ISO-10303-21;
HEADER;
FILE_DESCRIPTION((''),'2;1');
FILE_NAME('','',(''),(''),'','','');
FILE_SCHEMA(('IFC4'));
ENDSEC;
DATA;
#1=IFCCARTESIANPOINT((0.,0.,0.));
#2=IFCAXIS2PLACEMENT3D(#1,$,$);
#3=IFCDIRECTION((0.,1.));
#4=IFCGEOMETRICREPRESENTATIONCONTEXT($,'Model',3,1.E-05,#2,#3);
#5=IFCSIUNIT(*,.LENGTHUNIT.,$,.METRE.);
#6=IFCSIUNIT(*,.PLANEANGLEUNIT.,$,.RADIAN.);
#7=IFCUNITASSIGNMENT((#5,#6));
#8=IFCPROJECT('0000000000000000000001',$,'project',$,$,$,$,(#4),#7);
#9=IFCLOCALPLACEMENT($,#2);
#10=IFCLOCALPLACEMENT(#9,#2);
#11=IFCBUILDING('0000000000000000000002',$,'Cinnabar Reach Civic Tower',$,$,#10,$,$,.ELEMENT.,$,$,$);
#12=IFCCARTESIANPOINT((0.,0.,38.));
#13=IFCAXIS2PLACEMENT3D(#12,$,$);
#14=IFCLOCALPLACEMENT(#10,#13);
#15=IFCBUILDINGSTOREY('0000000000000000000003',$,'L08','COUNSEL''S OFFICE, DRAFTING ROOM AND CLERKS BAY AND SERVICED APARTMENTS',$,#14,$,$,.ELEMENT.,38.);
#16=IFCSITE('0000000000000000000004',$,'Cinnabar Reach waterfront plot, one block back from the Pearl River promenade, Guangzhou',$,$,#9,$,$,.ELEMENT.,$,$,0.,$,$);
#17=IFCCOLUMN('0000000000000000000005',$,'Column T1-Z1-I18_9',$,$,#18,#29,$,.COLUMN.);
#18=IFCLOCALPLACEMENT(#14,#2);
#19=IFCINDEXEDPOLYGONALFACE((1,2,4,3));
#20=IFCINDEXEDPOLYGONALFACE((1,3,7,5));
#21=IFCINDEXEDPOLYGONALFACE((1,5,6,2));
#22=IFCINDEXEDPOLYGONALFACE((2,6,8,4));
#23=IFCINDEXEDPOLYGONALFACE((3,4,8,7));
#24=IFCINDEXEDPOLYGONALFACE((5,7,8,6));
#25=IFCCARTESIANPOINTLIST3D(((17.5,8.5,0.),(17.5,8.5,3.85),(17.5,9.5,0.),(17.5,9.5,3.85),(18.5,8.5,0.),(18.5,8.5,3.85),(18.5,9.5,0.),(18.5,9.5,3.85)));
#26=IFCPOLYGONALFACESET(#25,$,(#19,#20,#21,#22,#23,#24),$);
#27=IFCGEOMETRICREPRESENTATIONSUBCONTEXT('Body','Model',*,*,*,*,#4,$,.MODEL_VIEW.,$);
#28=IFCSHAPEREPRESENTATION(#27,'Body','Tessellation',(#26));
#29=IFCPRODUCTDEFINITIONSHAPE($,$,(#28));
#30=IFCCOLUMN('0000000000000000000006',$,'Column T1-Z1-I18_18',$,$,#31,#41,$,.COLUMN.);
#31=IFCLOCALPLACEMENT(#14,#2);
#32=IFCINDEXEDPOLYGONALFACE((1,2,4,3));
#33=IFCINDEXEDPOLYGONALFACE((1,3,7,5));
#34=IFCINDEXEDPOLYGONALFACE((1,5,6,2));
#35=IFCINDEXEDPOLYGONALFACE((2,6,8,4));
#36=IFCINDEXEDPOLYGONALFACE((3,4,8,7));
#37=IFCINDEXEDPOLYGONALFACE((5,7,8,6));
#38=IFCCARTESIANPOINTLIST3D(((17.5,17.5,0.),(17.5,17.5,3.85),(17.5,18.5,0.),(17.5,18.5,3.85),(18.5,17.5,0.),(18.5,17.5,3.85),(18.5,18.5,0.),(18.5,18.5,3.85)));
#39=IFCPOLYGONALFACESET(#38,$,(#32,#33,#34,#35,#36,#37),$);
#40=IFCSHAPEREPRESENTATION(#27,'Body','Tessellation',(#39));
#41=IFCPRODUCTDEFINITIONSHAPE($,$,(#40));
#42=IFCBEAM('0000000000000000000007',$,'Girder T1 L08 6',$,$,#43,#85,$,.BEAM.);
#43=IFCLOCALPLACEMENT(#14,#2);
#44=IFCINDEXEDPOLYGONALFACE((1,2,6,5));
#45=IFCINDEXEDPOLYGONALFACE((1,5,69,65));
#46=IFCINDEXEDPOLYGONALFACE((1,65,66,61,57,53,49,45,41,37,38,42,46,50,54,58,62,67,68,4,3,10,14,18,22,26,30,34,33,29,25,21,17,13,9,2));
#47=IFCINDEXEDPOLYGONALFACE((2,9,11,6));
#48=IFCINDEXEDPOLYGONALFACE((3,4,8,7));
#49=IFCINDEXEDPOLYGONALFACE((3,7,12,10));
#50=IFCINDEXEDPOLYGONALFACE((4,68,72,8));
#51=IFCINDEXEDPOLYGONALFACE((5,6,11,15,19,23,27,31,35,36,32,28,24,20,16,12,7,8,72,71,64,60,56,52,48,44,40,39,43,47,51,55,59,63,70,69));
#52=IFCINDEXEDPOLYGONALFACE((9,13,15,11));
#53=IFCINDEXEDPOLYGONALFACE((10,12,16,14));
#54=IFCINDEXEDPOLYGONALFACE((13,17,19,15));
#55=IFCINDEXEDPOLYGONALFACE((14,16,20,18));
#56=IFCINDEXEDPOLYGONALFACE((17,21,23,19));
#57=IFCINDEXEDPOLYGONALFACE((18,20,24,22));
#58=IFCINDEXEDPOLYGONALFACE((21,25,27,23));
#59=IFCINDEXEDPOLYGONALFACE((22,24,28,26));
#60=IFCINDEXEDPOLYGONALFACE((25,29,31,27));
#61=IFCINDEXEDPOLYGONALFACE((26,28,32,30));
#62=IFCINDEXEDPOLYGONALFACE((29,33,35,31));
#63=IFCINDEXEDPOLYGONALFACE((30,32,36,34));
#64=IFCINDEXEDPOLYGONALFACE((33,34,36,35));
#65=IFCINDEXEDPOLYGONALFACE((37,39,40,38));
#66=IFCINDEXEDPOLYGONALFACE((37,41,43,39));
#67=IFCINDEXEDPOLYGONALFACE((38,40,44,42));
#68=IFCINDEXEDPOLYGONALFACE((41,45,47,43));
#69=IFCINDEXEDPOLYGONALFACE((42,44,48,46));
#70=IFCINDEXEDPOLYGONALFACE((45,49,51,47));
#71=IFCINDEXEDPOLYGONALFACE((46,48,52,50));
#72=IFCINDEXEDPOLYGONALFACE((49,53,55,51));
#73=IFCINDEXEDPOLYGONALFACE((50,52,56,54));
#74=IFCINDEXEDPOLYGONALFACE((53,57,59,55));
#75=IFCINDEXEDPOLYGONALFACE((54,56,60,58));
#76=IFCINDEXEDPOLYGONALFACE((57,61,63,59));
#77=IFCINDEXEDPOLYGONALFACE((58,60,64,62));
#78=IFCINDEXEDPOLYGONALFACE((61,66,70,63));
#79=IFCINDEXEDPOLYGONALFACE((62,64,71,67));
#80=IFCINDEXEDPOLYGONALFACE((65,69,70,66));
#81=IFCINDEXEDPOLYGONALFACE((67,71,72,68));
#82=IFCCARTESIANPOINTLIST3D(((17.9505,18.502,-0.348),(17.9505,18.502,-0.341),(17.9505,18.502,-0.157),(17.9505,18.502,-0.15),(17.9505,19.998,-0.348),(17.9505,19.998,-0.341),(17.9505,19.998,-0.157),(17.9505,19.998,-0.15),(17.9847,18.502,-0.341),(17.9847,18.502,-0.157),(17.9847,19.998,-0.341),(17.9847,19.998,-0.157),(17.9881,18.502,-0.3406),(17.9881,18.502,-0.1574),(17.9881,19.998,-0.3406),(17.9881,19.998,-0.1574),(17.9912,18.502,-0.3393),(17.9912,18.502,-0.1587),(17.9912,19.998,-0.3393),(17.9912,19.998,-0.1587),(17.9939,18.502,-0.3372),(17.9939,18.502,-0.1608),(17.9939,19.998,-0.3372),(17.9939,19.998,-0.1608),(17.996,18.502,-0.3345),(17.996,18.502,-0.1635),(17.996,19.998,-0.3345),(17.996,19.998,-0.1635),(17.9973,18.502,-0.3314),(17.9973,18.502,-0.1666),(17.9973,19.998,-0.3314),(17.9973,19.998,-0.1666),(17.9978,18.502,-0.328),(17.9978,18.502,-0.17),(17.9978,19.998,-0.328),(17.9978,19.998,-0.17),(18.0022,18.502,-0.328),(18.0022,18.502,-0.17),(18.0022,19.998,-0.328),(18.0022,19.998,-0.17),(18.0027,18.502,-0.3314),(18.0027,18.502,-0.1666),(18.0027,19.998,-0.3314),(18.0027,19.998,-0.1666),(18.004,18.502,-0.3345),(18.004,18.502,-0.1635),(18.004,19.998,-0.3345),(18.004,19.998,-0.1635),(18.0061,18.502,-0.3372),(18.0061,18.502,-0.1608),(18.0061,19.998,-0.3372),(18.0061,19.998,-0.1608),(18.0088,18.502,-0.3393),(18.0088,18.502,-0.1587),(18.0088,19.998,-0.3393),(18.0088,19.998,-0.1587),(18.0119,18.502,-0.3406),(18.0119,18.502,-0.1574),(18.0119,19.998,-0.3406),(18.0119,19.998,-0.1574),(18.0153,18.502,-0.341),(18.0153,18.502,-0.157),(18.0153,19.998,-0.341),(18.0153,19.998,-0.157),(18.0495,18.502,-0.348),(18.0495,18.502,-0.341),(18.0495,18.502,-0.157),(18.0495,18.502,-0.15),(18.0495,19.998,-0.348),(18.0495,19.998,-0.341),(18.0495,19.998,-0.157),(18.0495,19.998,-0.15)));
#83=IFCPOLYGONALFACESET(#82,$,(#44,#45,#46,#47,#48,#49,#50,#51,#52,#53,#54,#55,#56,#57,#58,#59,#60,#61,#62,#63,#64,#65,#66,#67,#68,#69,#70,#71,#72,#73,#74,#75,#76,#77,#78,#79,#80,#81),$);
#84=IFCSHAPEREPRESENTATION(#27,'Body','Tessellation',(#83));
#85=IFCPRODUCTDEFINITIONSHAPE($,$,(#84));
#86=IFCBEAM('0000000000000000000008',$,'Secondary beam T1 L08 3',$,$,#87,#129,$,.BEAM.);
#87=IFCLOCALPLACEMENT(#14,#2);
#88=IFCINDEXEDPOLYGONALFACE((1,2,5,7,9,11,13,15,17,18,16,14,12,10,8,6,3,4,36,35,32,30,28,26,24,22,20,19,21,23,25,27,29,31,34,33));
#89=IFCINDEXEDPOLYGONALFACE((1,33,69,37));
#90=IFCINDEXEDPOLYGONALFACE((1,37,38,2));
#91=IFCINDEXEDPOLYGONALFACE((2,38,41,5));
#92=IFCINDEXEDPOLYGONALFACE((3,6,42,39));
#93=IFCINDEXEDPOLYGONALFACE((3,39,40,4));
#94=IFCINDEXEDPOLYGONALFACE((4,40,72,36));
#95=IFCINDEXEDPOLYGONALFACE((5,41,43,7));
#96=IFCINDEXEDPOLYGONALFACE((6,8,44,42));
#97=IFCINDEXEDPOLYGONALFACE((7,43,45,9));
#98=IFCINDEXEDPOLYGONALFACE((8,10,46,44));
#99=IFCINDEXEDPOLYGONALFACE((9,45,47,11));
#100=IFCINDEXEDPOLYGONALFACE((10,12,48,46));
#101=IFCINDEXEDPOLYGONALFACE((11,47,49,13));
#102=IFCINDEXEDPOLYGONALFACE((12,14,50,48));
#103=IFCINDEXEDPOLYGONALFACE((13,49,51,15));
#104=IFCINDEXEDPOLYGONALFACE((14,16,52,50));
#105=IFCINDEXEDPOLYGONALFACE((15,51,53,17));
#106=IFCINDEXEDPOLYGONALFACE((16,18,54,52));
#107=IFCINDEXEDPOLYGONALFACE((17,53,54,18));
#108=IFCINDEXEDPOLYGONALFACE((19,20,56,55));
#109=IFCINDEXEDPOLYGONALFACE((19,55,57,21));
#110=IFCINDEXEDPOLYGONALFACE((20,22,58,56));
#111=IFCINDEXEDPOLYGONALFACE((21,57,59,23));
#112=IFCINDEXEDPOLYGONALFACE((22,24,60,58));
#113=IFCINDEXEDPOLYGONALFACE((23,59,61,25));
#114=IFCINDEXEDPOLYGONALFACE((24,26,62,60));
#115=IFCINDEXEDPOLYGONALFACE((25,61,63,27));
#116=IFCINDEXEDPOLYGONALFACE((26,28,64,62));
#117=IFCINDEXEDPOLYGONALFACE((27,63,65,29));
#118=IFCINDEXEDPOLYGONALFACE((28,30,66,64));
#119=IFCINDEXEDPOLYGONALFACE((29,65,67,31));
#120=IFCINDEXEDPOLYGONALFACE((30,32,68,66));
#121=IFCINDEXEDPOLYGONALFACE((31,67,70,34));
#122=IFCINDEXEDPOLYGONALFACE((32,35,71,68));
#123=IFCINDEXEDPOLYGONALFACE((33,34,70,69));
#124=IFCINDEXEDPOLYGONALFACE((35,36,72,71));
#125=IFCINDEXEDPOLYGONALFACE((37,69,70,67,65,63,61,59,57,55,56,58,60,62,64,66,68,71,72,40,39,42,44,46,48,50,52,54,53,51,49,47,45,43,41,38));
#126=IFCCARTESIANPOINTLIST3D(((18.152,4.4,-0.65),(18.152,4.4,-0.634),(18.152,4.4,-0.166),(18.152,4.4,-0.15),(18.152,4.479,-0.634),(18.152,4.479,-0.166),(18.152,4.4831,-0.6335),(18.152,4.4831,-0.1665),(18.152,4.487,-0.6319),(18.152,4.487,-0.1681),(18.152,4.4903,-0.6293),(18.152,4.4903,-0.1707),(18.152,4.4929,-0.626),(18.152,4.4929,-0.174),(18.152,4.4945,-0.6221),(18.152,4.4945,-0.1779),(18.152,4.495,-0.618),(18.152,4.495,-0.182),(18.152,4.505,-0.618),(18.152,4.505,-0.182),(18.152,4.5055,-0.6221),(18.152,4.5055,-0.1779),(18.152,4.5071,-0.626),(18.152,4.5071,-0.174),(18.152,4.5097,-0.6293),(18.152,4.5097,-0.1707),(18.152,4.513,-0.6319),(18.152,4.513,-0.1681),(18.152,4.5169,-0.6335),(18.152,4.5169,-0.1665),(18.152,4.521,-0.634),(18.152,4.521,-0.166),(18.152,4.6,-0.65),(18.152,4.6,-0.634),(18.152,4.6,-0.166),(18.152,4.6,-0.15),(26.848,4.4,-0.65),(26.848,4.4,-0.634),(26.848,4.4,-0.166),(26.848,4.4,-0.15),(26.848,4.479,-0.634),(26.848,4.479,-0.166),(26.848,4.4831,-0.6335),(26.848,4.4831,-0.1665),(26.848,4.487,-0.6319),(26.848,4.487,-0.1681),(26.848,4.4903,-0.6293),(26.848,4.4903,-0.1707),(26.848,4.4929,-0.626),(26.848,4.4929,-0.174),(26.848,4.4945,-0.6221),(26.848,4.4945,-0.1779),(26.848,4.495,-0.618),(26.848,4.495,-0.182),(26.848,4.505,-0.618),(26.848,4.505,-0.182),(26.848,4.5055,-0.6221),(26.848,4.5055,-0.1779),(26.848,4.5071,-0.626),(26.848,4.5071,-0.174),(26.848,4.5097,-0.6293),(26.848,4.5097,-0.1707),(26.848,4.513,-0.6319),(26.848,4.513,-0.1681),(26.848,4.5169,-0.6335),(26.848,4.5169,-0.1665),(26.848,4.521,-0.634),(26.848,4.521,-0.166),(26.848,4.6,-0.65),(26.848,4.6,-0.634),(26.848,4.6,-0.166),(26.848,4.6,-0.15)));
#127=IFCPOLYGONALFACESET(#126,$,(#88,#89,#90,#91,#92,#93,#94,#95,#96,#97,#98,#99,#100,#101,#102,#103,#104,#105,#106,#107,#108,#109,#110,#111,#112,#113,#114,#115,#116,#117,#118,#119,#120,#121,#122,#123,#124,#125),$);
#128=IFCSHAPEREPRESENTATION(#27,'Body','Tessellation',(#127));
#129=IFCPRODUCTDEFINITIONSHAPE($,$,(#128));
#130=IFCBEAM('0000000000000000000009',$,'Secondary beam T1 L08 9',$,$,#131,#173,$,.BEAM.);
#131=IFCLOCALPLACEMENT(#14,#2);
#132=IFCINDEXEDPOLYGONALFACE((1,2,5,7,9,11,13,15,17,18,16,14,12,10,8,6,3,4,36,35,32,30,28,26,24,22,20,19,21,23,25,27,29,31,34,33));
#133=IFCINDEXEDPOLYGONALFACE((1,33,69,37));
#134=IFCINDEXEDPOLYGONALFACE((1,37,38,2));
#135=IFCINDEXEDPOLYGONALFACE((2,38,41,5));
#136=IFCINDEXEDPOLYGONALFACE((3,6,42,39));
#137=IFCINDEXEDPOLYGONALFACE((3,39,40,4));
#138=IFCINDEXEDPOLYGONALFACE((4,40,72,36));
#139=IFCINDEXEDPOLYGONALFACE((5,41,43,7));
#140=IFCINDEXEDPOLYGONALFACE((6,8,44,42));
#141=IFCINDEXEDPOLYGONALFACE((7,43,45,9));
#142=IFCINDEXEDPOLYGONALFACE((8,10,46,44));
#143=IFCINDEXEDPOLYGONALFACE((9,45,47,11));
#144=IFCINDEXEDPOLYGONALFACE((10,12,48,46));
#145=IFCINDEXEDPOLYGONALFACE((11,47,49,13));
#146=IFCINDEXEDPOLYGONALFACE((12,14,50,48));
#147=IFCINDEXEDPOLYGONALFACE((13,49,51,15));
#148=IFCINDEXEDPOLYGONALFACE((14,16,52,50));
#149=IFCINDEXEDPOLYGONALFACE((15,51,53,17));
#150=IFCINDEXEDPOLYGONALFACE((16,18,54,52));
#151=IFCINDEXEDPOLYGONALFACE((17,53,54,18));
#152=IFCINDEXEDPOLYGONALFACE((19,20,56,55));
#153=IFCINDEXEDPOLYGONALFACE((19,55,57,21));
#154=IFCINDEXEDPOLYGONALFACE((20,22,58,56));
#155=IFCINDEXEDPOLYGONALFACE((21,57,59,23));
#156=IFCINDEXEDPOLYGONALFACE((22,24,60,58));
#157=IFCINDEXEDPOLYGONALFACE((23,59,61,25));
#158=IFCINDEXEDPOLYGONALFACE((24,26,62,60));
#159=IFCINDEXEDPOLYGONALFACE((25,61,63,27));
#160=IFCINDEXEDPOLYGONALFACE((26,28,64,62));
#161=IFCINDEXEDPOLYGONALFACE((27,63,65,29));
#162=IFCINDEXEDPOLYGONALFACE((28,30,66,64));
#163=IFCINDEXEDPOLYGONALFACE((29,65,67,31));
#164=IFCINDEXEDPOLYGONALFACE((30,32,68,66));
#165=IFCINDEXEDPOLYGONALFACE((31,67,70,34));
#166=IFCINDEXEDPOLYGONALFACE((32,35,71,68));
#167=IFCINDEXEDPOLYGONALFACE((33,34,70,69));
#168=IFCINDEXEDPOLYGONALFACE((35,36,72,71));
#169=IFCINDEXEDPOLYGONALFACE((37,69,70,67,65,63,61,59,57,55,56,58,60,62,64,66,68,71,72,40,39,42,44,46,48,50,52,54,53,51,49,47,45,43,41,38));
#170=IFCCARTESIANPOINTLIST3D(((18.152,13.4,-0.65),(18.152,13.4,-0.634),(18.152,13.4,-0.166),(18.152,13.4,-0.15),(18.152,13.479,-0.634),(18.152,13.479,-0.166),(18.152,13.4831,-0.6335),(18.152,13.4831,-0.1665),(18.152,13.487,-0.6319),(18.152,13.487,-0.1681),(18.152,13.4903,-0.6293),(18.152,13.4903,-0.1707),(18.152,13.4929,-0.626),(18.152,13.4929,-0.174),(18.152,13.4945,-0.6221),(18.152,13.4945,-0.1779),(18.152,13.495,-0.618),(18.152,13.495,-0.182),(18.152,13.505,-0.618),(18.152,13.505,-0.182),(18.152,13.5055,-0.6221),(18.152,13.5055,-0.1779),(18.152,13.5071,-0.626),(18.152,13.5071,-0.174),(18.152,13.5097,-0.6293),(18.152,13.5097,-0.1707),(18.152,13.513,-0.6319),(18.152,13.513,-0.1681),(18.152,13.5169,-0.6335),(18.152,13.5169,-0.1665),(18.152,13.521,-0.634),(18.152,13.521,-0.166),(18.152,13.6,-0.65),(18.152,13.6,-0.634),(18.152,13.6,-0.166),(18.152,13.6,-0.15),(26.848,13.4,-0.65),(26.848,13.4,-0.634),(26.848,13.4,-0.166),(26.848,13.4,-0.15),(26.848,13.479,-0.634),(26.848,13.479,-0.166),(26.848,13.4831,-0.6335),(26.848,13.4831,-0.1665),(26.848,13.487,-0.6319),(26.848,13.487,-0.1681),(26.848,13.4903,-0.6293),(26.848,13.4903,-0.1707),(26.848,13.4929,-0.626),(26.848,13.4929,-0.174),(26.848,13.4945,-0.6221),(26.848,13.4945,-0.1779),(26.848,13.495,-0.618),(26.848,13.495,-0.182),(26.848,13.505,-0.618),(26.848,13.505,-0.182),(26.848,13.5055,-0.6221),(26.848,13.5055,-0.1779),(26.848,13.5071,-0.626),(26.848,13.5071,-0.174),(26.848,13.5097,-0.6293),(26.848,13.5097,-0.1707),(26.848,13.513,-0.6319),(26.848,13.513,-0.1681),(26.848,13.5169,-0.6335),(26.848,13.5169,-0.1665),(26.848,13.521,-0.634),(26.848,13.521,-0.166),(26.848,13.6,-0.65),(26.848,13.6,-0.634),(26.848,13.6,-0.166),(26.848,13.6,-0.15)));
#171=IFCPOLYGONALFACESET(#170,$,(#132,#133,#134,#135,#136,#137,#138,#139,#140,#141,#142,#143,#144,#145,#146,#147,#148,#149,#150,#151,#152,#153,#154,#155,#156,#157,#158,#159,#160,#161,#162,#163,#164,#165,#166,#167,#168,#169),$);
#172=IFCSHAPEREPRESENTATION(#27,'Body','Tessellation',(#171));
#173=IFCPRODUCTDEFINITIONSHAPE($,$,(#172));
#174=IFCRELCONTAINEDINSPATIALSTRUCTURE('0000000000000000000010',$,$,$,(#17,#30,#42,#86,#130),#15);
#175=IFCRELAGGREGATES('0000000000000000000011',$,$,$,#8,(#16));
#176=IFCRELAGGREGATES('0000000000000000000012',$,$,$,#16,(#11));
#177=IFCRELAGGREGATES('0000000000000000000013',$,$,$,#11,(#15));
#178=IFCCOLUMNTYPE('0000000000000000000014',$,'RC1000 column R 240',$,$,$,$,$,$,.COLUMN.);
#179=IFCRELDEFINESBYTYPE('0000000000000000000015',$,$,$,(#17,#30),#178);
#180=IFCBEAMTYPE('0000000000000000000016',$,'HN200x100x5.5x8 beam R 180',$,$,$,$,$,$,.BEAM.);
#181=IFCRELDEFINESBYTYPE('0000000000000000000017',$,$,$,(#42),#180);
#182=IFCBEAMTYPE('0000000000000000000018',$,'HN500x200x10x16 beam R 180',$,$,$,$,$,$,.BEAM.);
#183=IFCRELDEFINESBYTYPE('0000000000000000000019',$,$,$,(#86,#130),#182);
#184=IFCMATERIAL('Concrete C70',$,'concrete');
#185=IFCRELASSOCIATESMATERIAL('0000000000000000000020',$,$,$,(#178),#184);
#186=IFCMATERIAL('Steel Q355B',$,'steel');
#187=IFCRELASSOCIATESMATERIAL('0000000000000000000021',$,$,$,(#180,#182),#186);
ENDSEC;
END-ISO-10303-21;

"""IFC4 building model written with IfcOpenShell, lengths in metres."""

from ifc_helpers import new_model, si_unit, direction, frame, origin, origin_2d, place, context, subcontext, project, spatial, rectangle, i_section, extrude, material, material_profile, profile_set, type_object, element, save


model = new_model("IFC4")

# Units and contexts
model_context = context("Model", 3, precision=1e-05, world=origin(), true_north=direction((0.0, 1.0)))
body_context = subcontext(model_context, "Body", "Model", "MODEL_VIEW")
ifc_project = project(units=[si_unit("LENGTHUNIT", "METRE"), si_unit("PLANEANGLEUNIT", "RADIAN")], contexts=[model_context])

# Site, building, storey
site_placement = place(None, origin())
site = spatial("IfcSite", under=ifc_project, at=site_placement, Name="Cinnabar Reach waterfront plot, one block back from the Pearl River promenade, Guangzhou", CompositionType="ELEMENT", RefElevation=0.0)
building_placement = place(site_placement, origin())
building = spatial("IfcBuilding", under=site, at=building_placement, Name="Cinnabar Reach Civic Tower", CompositionType="ELEMENT")
storey_placement = place(building_placement, frame((0.0, 0.0, 38.0)))
storey = spatial("IfcBuildingStorey", under=building, at=storey_placement, Name="L08", Description="COUNSEL'S OFFICE, DRAFTING ROOM AND CLERKS BAY AND SERVICED APARTMENTS", CompositionType="ELEMENT", Elevation=38.0)

# Columns
ifc_material_1 = material(Name="Concrete C70", Category="concrete")
ifc_material_profile_1 = material_profile(ifc_material_1, rectangle(XDim=1.0, YDim=1.0, at=origin_2d()), Name="RC1000")
ifc_profile_set_1 = profile_set([ifc_material_profile_1], Name="Concrete C70")
column_type = type_object("IfcColumnType", Name="RC1000 column R 240", PredefinedType="COLUMN", material=ifc_profile_set_1)
for number, where, z_axis, x_axis, name in (
    (1, (18.0, 9.0, 0.0), (0.0, 0.0, 1.0), (1.0, 0.0, 0.0), "Column T1-Z1-I18_9"),
    (2, (18.0, 18.0, 0.0), (0.0, 0.0, 1.0), (1.0, 0.0, 0.0), "Column T1-Z1-I18_18"),
):
    element("IfcColumn", number, at=place(storey_placement, frame(where, z_axis=z_axis, x_axis=x_axis)), inside=storey, type_object=column_type, Name=name, PredefinedType="COLUMN", context=body_context, shape_type="SweptSolid", body=[
        extrude(rectangle(XDim=1.0, YDim=1.0, at=origin_2d()), origin(), (0.0, 0.0, 1.0), 3.85),
    ])

# Beams
ifc_material_2 = material(Name="Steel Q355B", Category="steel")
ifc_material_profile_2 = material_profile(ifc_material_2, i_section(OverallWidth=0.099, OverallDepth=0.198, WebThickness=0.0045, FlangeThickness=0.007, FilletRadius=0.013, at=origin_2d()), Name="HN200x100x5.5x8")
ifc_profile_set_2 = profile_set([ifc_material_profile_2], Name="Steel Q355B")
beam_type_1 = type_object("IfcBeamType", Name="HN200x100x5.5x8 beam R 180", PredefinedType="BEAM", material=ifc_profile_set_2)
beam_1_placement = place(storey_placement, frame((18.0, 18.502, -0.249), z_axis=(0.0, 1.0, 0.0), x_axis=(-1.0, 0.0, 0.0)))
element("IfcBeam", 3, at=beam_1_placement, inside=storey, type_object=beam_type_1, Name="Girder T1 L08 6", PredefinedType="BEAM", context=body_context, shape_type="SweptSolid", body=[
    extrude(i_section(OverallWidth=0.099, OverallDepth=0.198, WebThickness=0.0045, FlangeThickness=0.007, FilletRadius=0.013, at=origin_2d()), origin(), (0.0, 0.0, 1.0), 1.496),
])
ifc_material_profile_3 = material_profile(ifc_material_2, i_section(OverallWidth=0.2, OverallDepth=0.5, WebThickness=0.01, FlangeThickness=0.016, FilletRadius=0.016, at=origin_2d()), Name="HN500x200x10x16")
ifc_profile_set_3 = profile_set([ifc_material_profile_3], Name="Steel Q355B")
beam_type_2 = type_object("IfcBeamType", Name="HN500x200x10x16 beam R 180", PredefinedType="BEAM", material=ifc_profile_set_3)
for number, where, z_axis, x_axis, name in (
    (4, (18.152, 4.5, -0.4), (1.0, 0.0, 0.0), (0.0, 1.0, 0.0), "Secondary beam T1 L08 3"),
    (5, (18.152, 13.5, -0.4), (1.0, 0.0, 0.0), (0.0, 1.0, 0.0), "Secondary beam T1 L08 9"),
):
    element("IfcBeam", number, at=place(storey_placement, frame(where, z_axis=z_axis, x_axis=x_axis)), inside=storey, type_object=beam_type_2, Name=name, PredefinedType="BEAM", context=body_context, shape_type="SweptSolid", body=[
        extrude(i_section(OverallWidth=0.2, OverallDepth=0.5, WebThickness=0.01, FlangeThickness=0.016, FilletRadius=0.016, at=origin_2d()), origin(), (0.0, 0.0, 1.0), 8.696),
    ])

save(model, "model.ifc")
